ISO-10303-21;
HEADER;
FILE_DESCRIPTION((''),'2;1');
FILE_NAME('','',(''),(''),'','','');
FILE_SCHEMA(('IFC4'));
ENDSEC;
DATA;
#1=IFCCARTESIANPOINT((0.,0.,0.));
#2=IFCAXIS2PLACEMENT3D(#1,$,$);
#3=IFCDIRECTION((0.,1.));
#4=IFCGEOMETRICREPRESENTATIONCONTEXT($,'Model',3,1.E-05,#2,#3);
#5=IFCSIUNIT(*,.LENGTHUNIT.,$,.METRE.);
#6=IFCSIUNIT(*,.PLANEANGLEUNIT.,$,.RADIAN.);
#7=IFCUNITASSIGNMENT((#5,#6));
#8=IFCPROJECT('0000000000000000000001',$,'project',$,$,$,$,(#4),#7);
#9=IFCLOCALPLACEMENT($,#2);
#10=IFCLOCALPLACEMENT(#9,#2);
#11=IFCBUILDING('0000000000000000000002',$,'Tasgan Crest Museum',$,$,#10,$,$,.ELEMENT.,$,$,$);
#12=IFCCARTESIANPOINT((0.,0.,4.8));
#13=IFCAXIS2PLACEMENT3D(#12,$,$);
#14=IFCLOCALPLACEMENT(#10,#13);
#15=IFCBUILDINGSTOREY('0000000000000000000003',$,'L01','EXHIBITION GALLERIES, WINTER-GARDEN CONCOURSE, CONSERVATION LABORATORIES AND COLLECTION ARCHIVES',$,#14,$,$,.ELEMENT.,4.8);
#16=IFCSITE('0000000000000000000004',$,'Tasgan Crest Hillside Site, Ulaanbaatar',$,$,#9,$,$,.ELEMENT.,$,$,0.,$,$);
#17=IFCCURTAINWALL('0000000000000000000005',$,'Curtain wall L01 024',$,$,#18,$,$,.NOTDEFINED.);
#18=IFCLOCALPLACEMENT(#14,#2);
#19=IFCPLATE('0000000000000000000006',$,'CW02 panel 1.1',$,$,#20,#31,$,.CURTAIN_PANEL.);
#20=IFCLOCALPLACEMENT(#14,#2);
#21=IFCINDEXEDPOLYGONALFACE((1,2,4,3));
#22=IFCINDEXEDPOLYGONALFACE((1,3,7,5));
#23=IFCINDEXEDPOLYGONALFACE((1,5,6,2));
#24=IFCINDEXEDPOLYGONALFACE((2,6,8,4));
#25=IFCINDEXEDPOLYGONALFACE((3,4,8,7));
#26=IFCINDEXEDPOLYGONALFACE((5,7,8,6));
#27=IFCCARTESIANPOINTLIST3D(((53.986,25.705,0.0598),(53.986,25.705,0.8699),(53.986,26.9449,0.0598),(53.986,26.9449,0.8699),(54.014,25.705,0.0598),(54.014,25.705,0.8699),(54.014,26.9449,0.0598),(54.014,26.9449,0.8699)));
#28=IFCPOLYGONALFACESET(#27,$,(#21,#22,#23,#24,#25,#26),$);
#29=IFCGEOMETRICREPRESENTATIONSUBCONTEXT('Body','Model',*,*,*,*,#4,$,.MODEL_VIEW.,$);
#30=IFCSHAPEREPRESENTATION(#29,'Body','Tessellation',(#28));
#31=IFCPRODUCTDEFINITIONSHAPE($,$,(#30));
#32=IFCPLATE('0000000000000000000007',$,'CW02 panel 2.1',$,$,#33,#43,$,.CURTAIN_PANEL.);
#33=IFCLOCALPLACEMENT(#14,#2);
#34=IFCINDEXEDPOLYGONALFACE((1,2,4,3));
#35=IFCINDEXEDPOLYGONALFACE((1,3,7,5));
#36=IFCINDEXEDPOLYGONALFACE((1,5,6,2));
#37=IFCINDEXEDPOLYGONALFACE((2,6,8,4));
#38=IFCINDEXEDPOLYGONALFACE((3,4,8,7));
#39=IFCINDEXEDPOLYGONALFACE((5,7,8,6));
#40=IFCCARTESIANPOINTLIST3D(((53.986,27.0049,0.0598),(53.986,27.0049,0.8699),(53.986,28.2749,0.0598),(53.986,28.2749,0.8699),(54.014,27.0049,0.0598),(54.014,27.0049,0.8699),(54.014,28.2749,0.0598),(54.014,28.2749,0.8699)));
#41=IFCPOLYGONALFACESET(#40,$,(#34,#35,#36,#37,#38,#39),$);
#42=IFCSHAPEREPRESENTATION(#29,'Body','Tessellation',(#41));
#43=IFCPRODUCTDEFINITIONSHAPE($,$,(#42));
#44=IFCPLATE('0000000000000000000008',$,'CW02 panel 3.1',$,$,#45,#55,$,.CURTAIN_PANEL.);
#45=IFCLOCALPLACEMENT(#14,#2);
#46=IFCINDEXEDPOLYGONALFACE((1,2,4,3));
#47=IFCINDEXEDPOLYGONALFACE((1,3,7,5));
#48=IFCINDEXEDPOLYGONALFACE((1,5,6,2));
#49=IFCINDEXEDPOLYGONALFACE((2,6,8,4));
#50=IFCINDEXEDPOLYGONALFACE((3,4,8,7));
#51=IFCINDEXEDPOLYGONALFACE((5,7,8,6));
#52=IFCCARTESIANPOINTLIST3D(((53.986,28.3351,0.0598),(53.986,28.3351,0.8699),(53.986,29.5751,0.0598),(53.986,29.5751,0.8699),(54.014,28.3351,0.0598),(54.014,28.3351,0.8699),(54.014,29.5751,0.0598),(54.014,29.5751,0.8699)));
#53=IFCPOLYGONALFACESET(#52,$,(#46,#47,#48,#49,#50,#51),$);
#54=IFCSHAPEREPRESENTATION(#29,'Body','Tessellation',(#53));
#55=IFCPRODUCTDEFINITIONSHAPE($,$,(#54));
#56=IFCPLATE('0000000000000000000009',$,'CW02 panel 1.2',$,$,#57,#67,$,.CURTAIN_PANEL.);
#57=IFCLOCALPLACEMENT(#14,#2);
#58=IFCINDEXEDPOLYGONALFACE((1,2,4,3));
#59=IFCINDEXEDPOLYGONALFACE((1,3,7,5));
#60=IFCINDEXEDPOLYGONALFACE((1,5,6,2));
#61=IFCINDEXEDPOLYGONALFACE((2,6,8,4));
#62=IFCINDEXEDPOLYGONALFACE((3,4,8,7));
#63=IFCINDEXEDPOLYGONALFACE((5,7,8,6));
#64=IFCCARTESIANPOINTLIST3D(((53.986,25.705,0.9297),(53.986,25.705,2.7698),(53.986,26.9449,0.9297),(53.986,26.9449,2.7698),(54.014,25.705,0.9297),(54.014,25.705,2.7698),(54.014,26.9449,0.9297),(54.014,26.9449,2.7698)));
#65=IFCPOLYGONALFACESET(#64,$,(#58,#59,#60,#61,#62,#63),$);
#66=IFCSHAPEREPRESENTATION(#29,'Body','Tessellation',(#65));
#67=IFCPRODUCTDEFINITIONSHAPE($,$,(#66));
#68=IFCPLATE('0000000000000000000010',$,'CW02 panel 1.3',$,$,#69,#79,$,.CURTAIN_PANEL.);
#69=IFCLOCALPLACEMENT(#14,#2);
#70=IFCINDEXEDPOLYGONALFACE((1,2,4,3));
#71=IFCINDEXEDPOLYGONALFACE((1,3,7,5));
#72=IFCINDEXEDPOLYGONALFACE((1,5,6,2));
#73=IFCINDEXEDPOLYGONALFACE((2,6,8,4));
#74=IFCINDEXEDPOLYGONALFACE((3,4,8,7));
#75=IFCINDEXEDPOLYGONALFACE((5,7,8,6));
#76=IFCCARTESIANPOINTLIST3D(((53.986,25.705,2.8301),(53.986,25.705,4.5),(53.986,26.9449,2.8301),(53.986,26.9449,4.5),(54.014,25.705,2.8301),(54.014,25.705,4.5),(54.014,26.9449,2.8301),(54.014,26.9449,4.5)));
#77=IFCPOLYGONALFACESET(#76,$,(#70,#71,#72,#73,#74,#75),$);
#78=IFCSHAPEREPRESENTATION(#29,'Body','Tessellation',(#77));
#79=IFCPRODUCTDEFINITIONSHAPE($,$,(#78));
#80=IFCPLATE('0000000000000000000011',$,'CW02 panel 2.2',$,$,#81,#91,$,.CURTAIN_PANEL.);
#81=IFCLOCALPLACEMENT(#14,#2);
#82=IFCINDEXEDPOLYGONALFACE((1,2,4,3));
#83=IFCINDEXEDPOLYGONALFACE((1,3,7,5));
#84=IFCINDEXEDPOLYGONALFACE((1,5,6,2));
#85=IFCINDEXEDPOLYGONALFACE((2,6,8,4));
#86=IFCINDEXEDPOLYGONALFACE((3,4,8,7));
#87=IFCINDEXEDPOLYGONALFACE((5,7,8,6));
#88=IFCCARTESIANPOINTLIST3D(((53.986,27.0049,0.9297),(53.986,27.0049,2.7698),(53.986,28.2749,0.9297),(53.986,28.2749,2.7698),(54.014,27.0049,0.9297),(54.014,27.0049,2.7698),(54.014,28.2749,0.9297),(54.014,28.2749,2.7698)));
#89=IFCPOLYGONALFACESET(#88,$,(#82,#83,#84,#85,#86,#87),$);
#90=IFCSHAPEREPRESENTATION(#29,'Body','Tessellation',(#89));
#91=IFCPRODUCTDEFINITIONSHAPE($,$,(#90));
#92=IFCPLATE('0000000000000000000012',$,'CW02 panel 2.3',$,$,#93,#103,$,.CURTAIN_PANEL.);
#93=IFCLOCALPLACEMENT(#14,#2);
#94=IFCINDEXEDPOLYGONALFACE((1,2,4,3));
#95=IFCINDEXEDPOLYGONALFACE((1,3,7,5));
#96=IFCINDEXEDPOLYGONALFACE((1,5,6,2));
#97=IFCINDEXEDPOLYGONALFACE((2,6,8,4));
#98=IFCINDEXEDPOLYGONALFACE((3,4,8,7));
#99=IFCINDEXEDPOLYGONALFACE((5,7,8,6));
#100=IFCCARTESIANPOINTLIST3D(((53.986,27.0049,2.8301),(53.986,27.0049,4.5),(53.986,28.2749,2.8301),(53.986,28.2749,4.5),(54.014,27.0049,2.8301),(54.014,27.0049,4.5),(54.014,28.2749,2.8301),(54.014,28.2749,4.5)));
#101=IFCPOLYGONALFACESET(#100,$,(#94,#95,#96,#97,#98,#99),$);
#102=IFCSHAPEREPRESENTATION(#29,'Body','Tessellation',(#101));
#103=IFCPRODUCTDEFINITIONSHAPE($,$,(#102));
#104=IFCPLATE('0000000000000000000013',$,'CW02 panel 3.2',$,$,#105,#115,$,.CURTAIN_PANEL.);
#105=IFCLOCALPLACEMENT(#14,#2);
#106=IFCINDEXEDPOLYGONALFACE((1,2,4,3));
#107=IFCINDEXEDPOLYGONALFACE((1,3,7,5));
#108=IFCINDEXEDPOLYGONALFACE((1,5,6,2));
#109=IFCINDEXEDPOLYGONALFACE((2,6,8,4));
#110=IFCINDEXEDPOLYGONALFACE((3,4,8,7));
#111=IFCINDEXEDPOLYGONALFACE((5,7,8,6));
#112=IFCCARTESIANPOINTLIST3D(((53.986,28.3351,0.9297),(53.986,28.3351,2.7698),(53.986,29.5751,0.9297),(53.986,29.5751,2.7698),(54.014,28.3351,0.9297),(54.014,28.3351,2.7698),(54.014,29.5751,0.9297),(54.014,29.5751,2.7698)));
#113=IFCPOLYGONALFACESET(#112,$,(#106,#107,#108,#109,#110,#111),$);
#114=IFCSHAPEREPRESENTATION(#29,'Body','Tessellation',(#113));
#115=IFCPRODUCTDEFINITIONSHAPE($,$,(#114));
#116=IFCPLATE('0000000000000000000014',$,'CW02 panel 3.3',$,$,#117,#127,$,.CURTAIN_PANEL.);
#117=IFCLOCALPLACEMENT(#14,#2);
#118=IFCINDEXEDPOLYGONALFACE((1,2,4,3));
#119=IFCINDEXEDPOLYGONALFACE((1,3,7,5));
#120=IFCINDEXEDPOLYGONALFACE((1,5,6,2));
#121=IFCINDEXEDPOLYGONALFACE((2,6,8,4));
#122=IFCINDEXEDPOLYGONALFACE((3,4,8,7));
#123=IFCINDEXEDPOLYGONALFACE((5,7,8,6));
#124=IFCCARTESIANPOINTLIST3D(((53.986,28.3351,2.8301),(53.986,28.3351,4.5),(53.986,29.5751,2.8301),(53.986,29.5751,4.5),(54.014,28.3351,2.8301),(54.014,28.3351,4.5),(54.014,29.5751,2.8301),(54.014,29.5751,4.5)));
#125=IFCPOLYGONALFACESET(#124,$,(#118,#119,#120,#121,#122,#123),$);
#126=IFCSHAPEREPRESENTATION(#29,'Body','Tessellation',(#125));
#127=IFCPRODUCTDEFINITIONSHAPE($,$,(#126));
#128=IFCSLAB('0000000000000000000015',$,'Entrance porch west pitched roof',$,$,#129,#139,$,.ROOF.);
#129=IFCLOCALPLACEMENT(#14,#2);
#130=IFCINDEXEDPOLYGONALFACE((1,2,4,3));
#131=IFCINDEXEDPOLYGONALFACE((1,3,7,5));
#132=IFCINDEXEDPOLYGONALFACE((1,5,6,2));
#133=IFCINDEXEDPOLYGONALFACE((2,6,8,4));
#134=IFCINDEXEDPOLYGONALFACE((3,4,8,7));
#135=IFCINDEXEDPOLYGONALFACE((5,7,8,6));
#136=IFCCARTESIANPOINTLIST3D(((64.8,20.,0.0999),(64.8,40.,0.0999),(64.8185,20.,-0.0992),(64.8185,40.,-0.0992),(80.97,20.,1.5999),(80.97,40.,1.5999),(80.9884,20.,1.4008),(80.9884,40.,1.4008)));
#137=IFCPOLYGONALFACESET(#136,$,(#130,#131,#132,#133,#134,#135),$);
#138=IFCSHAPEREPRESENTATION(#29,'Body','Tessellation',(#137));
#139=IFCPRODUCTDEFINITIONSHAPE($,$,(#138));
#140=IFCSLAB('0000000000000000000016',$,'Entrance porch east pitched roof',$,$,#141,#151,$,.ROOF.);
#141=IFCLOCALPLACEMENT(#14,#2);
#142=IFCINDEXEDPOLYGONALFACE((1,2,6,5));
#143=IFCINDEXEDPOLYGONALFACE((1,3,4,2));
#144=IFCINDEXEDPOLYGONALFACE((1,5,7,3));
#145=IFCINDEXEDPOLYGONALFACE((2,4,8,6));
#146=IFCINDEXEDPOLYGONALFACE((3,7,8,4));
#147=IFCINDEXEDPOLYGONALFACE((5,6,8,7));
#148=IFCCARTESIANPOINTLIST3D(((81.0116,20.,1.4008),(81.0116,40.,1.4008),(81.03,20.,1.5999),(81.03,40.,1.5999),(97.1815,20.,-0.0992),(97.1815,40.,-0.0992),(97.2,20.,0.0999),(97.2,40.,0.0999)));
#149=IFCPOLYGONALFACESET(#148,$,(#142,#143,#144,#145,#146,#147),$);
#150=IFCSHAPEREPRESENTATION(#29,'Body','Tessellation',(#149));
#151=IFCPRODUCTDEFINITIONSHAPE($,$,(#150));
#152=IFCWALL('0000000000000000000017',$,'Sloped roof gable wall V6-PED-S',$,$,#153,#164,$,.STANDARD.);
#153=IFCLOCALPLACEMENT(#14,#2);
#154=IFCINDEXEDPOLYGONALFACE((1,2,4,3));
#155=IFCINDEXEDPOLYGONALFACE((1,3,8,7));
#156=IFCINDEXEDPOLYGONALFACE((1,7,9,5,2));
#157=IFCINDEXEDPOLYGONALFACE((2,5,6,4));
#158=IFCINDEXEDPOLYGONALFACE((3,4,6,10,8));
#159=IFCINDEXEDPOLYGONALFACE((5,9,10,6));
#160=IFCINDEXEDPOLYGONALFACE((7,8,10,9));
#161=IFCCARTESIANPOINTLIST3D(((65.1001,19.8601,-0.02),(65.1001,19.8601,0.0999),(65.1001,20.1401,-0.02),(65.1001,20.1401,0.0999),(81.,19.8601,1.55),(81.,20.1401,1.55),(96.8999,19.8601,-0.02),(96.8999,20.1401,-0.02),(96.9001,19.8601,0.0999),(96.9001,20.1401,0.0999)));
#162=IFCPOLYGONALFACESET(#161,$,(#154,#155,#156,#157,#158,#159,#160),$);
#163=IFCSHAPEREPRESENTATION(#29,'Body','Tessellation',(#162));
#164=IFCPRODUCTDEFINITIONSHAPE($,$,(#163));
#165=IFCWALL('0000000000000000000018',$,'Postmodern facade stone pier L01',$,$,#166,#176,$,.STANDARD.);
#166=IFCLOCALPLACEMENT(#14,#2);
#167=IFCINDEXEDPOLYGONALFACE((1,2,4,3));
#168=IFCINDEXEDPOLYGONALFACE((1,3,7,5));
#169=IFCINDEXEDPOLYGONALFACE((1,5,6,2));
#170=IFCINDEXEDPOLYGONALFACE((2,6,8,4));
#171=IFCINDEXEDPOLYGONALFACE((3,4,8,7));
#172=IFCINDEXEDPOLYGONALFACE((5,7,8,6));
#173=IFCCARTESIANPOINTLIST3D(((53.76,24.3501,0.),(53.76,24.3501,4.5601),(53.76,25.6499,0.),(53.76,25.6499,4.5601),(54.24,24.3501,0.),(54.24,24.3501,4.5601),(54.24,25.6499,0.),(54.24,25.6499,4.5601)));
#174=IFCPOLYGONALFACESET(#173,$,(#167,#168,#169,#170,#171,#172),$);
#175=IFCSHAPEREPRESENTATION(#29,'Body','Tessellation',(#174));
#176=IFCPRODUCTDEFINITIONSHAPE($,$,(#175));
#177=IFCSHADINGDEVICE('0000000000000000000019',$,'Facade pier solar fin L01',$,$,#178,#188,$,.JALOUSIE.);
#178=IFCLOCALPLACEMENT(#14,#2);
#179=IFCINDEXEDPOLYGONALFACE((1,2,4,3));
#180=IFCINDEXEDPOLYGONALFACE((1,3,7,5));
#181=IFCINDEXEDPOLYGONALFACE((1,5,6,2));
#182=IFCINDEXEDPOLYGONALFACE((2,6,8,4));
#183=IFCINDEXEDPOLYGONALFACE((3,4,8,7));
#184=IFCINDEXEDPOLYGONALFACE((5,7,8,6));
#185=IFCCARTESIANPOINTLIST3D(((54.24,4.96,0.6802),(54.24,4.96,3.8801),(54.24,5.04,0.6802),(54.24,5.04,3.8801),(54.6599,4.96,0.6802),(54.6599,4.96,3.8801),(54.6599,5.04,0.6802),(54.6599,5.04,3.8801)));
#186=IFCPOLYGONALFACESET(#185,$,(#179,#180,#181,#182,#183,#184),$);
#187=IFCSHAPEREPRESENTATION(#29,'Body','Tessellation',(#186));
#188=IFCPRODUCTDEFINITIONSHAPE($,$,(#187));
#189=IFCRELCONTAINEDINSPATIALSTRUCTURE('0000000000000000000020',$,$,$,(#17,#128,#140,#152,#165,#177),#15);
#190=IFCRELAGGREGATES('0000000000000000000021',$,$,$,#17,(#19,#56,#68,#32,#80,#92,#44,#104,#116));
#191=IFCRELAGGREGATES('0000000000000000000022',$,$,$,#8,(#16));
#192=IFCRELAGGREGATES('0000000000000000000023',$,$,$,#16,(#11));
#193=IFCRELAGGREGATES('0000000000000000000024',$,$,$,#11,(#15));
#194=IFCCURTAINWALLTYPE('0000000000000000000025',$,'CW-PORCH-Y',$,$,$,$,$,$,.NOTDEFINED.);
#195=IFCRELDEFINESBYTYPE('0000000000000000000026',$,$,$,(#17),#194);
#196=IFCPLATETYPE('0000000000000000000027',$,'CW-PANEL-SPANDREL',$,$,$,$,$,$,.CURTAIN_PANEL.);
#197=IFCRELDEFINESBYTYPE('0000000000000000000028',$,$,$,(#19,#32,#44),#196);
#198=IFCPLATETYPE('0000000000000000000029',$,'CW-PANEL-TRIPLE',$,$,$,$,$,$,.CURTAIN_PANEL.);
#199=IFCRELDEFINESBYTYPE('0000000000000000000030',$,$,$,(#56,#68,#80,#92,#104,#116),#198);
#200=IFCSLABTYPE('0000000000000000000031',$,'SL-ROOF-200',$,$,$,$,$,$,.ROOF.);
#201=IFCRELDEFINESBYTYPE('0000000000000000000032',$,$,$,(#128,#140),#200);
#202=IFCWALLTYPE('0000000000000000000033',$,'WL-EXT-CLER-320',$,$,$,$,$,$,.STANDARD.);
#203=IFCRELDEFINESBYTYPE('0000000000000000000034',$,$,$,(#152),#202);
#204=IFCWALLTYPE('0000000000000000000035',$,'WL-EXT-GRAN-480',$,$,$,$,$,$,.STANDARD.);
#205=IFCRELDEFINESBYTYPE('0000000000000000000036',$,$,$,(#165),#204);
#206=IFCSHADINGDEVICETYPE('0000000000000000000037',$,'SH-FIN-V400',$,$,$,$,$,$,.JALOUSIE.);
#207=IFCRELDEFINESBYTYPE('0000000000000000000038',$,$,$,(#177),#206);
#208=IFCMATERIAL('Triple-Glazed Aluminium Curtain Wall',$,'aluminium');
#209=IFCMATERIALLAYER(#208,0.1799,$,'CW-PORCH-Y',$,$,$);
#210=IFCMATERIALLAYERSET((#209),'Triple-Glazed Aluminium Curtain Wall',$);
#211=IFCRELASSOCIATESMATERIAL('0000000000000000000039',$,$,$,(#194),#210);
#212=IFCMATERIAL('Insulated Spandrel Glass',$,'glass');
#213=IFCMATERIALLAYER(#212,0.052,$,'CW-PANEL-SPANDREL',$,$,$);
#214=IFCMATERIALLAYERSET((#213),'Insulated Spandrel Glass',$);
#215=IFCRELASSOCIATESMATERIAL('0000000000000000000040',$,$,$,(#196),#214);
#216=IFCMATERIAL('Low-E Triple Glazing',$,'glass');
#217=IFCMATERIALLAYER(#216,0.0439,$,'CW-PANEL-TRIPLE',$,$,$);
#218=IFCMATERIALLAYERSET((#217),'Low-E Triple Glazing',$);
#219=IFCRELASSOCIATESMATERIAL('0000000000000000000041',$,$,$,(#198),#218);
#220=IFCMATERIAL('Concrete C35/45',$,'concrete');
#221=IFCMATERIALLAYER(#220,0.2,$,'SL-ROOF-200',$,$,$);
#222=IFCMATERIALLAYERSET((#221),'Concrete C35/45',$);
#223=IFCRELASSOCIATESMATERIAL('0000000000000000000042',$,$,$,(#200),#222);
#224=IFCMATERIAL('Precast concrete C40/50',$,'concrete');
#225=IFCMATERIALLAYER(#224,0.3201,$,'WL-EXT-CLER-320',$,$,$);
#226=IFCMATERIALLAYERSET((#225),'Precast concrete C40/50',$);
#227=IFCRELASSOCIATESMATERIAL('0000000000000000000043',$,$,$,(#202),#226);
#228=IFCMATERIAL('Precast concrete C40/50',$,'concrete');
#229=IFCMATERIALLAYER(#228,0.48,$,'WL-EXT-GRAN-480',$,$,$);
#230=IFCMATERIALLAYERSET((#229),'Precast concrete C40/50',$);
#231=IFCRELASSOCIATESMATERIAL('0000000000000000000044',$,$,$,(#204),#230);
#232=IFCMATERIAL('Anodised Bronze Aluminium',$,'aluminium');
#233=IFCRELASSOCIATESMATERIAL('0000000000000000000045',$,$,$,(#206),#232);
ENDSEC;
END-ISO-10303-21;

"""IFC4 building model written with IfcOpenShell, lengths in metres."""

from ifc_helpers import new_model, si_unit, direction, frame, frame_2d, origin, origin_2d, place, context, subcontext, project, spatial, polyline, rectangle, outline, extrude, material, layer, layer_set, type_object, element, aggregate, save


model = new_model("IFC4")

# Units and contexts
model_context = context("Model", 3, precision=1e-05, world=origin(), true_north=direction((0.0, 1.0)))
body_context = subcontext(model_context, "Body", "Model", "MODEL_VIEW")
ifc_project = project(units=[si_unit("LENGTHUNIT", "METRE"), si_unit("PLANEANGLEUNIT", "RADIAN")], contexts=[model_context])

# Site, building, storey
site_placement = place(None, origin())
site = spatial("IfcSite", under=ifc_project, at=site_placement, Name="Tasgan Crest Hillside Site, Ulaanbaatar", CompositionType="ELEMENT", RefElevation=0.0)
building_placement = place(site_placement, origin())
building = spatial("IfcBuilding", under=site, at=building_placement, Name="Tasgan Crest Museum", CompositionType="ELEMENT")
storey_placement = place(building_placement, frame((0.0, 0.0, 4.8)))
storey = spatial("IfcBuildingStorey", under=building, at=storey_placement, Name="L01", Description="EXHIBITION GALLERIES, WINTER-GARDEN CONCOURSE, CONSERVATION LABORATORIES AND COLLECTION ARCHIVES", CompositionType="ELEMENT", Elevation=4.8)

# Curtain wall, plates
ifc_material_1 = material(Name="Triple-Glazed Aluminium Curtain Wall", Category="aluminium")
ifc_layer_1 = layer(ifc_material_1, 0.1799, Name="CW-PORCH-Y")
ifc_layer_set_1 = layer_set([ifc_layer_1], Name="Triple-Glazed Aluminium Curtain Wall")
curtain_wall_type = type_object("IfcCurtainWallType", Name="CW-PORCH-Y", PredefinedType="NOTDEFINED", material=ifc_layer_set_1)
curtain_wall_placement = place(storey_placement, origin())
curtain_wall = element("IfcCurtainWall", 1, at=curtain_wall_placement, inside=storey, type_object=curtain_wall_type, Name="Curtain wall L01 024", PredefinedType="NOTDEFINED")
ifc_material_2 = material(Name="Insulated Spandrel Glass", Category="glass")
ifc_layer_2 = layer(ifc_material_2, 0.052, Name="CW-PANEL-SPANDREL")
ifc_layer_set_2 = layer_set([ifc_layer_2], Name="Insulated Spandrel Glass")
plate_type_1 = type_object("IfcPlateType", Name="CW-PANEL-SPANDREL", PredefinedType="CURTAIN_PANEL", material=ifc_layer_set_2)
plate_1_placement = place(storey_placement, frame((54.0, 26.325, 0.0598), z_axis=(0.0, 0.0, 1.0), x_axis=(0.0, 1.0, 0.0)))
plate_1 = element("IfcPlate", 2, at=plate_1_placement, type_object=plate_type_1, Name="CW02 panel 1.1", PredefinedType="CURTAIN_PANEL", context=body_context, shape_type="SweptSolid", body=[
    extrude(rectangle(XDim=1.24, YDim=0.0281, at=origin_2d()), origin(), (0.0, 0.0, 1.0), 0.8101),
])
plate_2_placement = place(storey_placement, frame((54.0, 27.6399, 0.0598), z_axis=(0.0, 0.0, 1.0), x_axis=(0.0, 1.0, 0.0)))
plate_2 = element("IfcPlate", 3, at=plate_2_placement, type_object=plate_type_1, Name="CW02 panel 2.1", PredefinedType="CURTAIN_PANEL", context=body_context, shape_type="SweptSolid", body=[
    extrude(rectangle(XDim=1.27, YDim=0.0281, at=origin_2d()), origin(), (0.0, 0.0, 1.0), 0.8101),
])
plate_3_placement = place(storey_placement, frame((54.0, 28.9551, 0.0598), z_axis=(0.0, 0.0, 1.0), x_axis=(0.0, 1.0, 0.0)))
plate_3 = element("IfcPlate", 4, at=plate_3_placement, type_object=plate_type_1, Name="CW02 panel 3.1", PredefinedType="CURTAIN_PANEL", context=body_context, shape_type="SweptSolid", body=[
    extrude(rectangle(XDim=1.24, YDim=0.0281, at=origin_2d()), origin(), (0.0, 0.0, 1.0), 0.8101),
])
ifc_material_3 = material(Name="Low-E Triple Glazing", Category="glass")
ifc_layer_3 = layer(ifc_material_3, 0.0439, Name="CW-PANEL-TRIPLE")
ifc_layer_set_3 = layer_set([ifc_layer_3], Name="Low-E Triple Glazing")
plate_type_2 = type_object("IfcPlateType", Name="CW-PANEL-TRIPLE", PredefinedType="CURTAIN_PANEL", material=ifc_layer_set_3)
plate_4_placement = place(storey_placement, frame((54.0, 26.325, 0.9297), z_axis=(0.0, 0.0, 1.0), x_axis=(0.0, 1.0, 0.0)))
plate_4 = element("IfcPlate", 5, at=plate_4_placement, type_object=plate_type_2, Name="CW02 panel 1.2", PredefinedType="CURTAIN_PANEL", context=body_context, shape_type="SweptSolid", body=[
    extrude(rectangle(XDim=1.24, YDim=0.0281, at=origin_2d()), origin(), (0.0, 0.0, 1.0), 1.8401),
])
plate_5_placement = place(storey_placement, frame((54.0, 26.325, 2.8301), z_axis=(0.0, 0.0, 1.0), x_axis=(0.0, 1.0, 0.0)))
plate_5 = element("IfcPlate", 6, at=plate_5_placement, type_object=plate_type_2, Name="CW02 panel 1.3", PredefinedType="CURTAIN_PANEL", context=body_context, shape_type="SweptSolid", body=[
    extrude(rectangle(XDim=1.24, YDim=0.0281, at=origin_2d()), origin(), (0.0, 0.0, 1.0), 1.6699),
])
plate_6_placement = place(storey_placement, frame((54.0, 27.6399, 0.9297), z_axis=(0.0, 0.0, 1.0), x_axis=(0.0, 1.0, 0.0)))
plate_6 = element("IfcPlate", 7, at=plate_6_placement, type_object=plate_type_2, Name="CW02 panel 2.2", PredefinedType="CURTAIN_PANEL", context=body_context, shape_type="SweptSolid", body=[
    extrude(rectangle(XDim=1.27, YDim=0.0281, at=origin_2d()), origin(), (0.0, 0.0, 1.0), 1.8401),
])
plate_7_placement = place(storey_placement, frame((54.0, 27.6399, 2.8301), z_axis=(0.0, 0.0, 1.0), x_axis=(0.0, 1.0, 0.0)))
plate_7 = element("IfcPlate", 8, at=plate_7_placement, type_object=plate_type_2, Name="CW02 panel 2.3", PredefinedType="CURTAIN_PANEL", context=body_context, shape_type="SweptSolid", body=[
    extrude(rectangle(XDim=1.27, YDim=0.0281, at=origin_2d()), origin(), (0.0, 0.0, 1.0), 1.6699),
])
plate_8_placement = place(storey_placement, frame((54.0, 28.9551, 0.9297), z_axis=(0.0, 0.0, 1.0), x_axis=(0.0, 1.0, 0.0)))
plate_8 = element("IfcPlate", 9, at=plate_8_placement, type_object=plate_type_2, Name="CW02 panel 3.2", PredefinedType="CURTAIN_PANEL", context=body_context, shape_type="SweptSolid", body=[
    extrude(rectangle(XDim=1.24, YDim=0.0281, at=origin_2d()), origin(), (0.0, 0.0, 1.0), 1.8401),
])
plate_9_placement = place(storey_placement, frame((54.0, 28.9551, 2.8301), z_axis=(0.0, 0.0, 1.0), x_axis=(0.0, 1.0, 0.0)))
plate_9 = element("IfcPlate", 10, at=plate_9_placement, type_object=plate_type_2, Name="CW02 panel 3.3", PredefinedType="CURTAIN_PANEL", context=body_context, shape_type="SweptSolid", body=[
    extrude(rectangle(XDim=1.24, YDim=0.0281, at=origin_2d()), origin(), (0.0, 0.0, 1.0), 1.6699),
])
aggregate(curtain_wall, [plate_1, plate_4, plate_5, plate_2, plate_6, plate_7, plate_3, plate_8, plate_9])

# Slabs
ifc_material_4 = material(Name="Concrete C35/45", Category="concrete")
ifc_layer_4 = layer(ifc_material_4, 0.2, Name="SL-ROOF-200")
ifc_layer_set_4 = layer_set([ifc_layer_4], Name="Concrete C35/45")
slab_type = type_object("IfcSlabType", Name="SL-ROOF-200", PredefinedType="ROOF", material=ifc_layer_set_4)
for number, where, z_axis, x_axis, name in (
    (11, (64.8, 20.0, 0.0999), (-0.092368, 0.0, 0.995725), (0.995725, 0.0, 0.092368), "Entrance porch west pitched roof"),
    (12, (81.03, 20.0, 1.5999), (0.092368, 0.0, 0.995725), (0.995725, 0.0, -0.092368), "Entrance porch east pitched roof"),
):
    element("IfcSlab", number, at=place(storey_placement, frame(where, z_axis=z_axis, x_axis=x_axis)), inside=storey, type_object=slab_type, Name=name, PredefinedType="ROOF", context=body_context, shape_type="SweptSolid", body=[
        extrude(outline(polyline([(0.0, 0.0), (16.2393, 0.0), (16.2393, 20.0), (0.0, 20.0), (0.0, 0.0)])), origin(), (0.0, 0.0, -1.0), 0.2),
    ])

# Walls
ifc_material_5 = material(Name="Precast concrete C40/50", Category="concrete")
ifc_layer_5 = layer(ifc_material_5, 0.3201, Name="WL-EXT-CLER-320")
ifc_layer_set_5 = layer_set([ifc_layer_5], Name="Precast concrete C40/50")
wall_type_1 = type_object("IfcWallType", Name="WL-EXT-CLER-320", PredefinedType="STANDARD", material=ifc_layer_set_5)
wall_1_placement = place(storey_placement, frame((65.1001, 20.0, -0.02), z_axis=(0.0, 0.0, 1.0), x_axis=(1.0, 0.0, 0.0)))
element("IfcWall", 13, at=wall_1_placement, inside=storey, type_object=wall_type_1, Name="Sloped roof gable wall V6-PED-S", PredefinedType="STANDARD", context=body_context, shape_type="SweptSolid", body=[
    extrude(outline(polyline([(0.0, 0.0), (31.7998, 0.0), (31.8, 0.1199), (15.8999, 1.5701), (0.0, 0.1199), (0.0, 0.0)])), frame((0.0, 0.1401, 0.0), z_axis=(0.0, -1.0, 0.0), x_axis=(1.0, 0.0, 0.0)), (0.0, 0.0, 1.0), 0.28),
])
ifc_material_6 = material(Name="Precast concrete C40/50", Category="concrete")
ifc_layer_6 = layer(ifc_material_6, 0.48, Name="WL-EXT-GRAN-480")
ifc_layer_set_6 = layer_set([ifc_layer_6], Name="Precast concrete C40/50")
wall_type_2 = type_object("IfcWallType", Name="WL-EXT-GRAN-480", PredefinedType="STANDARD", material=ifc_layer_set_6)
wall_2_placement = place(storey_placement, frame((54.0, 24.3501, 0.0), z_axis=(0.0, 0.0, 1.0), x_axis=(0.0, 1.0, 0.0)))
element("IfcWall", 14, at=wall_2_placement, inside=storey, type_object=wall_type_2, Name="Postmodern facade stone pier L01", PredefinedType="STANDARD", context=body_context, shape_type="SweptSolid", body=[
    extrude(rectangle(XDim=1.2998, YDim=0.48, at=frame_2d((0.6499, 0.0))), origin(), (0.0, 0.0, 1.0), 4.5601),
])

# Shading device
ifc_material_7 = material(Name="Anodised Bronze Aluminium", Category="aluminium")
shading_device_type = type_object("IfcShadingDeviceType", Name="SH-FIN-V400", PredefinedType="JALOUSIE", material=ifc_material_7)
for number, where, z_axis, x_axis, name in (
    (15, (54.45, 5.0, 0.6802), (0.0, 0.0, 1.0), (0.0, 1.0, 0.0), "Facade pier solar fin L01"),
):
    element("IfcShadingDevice", number, at=place(storey_placement, frame(where, z_axis=z_axis, x_axis=x_axis)), inside=storey, type_object=shading_device_type, Name=name, PredefinedType="JALOUSIE", context=body_context, shape_type="SweptSolid", body=[
        extrude(rectangle(XDim=0.0801, YDim=0.4199, at=origin_2d()), origin(), (0.0, 0.0, 1.0), 3.2),
    ])

save(model, "model.ifc")
